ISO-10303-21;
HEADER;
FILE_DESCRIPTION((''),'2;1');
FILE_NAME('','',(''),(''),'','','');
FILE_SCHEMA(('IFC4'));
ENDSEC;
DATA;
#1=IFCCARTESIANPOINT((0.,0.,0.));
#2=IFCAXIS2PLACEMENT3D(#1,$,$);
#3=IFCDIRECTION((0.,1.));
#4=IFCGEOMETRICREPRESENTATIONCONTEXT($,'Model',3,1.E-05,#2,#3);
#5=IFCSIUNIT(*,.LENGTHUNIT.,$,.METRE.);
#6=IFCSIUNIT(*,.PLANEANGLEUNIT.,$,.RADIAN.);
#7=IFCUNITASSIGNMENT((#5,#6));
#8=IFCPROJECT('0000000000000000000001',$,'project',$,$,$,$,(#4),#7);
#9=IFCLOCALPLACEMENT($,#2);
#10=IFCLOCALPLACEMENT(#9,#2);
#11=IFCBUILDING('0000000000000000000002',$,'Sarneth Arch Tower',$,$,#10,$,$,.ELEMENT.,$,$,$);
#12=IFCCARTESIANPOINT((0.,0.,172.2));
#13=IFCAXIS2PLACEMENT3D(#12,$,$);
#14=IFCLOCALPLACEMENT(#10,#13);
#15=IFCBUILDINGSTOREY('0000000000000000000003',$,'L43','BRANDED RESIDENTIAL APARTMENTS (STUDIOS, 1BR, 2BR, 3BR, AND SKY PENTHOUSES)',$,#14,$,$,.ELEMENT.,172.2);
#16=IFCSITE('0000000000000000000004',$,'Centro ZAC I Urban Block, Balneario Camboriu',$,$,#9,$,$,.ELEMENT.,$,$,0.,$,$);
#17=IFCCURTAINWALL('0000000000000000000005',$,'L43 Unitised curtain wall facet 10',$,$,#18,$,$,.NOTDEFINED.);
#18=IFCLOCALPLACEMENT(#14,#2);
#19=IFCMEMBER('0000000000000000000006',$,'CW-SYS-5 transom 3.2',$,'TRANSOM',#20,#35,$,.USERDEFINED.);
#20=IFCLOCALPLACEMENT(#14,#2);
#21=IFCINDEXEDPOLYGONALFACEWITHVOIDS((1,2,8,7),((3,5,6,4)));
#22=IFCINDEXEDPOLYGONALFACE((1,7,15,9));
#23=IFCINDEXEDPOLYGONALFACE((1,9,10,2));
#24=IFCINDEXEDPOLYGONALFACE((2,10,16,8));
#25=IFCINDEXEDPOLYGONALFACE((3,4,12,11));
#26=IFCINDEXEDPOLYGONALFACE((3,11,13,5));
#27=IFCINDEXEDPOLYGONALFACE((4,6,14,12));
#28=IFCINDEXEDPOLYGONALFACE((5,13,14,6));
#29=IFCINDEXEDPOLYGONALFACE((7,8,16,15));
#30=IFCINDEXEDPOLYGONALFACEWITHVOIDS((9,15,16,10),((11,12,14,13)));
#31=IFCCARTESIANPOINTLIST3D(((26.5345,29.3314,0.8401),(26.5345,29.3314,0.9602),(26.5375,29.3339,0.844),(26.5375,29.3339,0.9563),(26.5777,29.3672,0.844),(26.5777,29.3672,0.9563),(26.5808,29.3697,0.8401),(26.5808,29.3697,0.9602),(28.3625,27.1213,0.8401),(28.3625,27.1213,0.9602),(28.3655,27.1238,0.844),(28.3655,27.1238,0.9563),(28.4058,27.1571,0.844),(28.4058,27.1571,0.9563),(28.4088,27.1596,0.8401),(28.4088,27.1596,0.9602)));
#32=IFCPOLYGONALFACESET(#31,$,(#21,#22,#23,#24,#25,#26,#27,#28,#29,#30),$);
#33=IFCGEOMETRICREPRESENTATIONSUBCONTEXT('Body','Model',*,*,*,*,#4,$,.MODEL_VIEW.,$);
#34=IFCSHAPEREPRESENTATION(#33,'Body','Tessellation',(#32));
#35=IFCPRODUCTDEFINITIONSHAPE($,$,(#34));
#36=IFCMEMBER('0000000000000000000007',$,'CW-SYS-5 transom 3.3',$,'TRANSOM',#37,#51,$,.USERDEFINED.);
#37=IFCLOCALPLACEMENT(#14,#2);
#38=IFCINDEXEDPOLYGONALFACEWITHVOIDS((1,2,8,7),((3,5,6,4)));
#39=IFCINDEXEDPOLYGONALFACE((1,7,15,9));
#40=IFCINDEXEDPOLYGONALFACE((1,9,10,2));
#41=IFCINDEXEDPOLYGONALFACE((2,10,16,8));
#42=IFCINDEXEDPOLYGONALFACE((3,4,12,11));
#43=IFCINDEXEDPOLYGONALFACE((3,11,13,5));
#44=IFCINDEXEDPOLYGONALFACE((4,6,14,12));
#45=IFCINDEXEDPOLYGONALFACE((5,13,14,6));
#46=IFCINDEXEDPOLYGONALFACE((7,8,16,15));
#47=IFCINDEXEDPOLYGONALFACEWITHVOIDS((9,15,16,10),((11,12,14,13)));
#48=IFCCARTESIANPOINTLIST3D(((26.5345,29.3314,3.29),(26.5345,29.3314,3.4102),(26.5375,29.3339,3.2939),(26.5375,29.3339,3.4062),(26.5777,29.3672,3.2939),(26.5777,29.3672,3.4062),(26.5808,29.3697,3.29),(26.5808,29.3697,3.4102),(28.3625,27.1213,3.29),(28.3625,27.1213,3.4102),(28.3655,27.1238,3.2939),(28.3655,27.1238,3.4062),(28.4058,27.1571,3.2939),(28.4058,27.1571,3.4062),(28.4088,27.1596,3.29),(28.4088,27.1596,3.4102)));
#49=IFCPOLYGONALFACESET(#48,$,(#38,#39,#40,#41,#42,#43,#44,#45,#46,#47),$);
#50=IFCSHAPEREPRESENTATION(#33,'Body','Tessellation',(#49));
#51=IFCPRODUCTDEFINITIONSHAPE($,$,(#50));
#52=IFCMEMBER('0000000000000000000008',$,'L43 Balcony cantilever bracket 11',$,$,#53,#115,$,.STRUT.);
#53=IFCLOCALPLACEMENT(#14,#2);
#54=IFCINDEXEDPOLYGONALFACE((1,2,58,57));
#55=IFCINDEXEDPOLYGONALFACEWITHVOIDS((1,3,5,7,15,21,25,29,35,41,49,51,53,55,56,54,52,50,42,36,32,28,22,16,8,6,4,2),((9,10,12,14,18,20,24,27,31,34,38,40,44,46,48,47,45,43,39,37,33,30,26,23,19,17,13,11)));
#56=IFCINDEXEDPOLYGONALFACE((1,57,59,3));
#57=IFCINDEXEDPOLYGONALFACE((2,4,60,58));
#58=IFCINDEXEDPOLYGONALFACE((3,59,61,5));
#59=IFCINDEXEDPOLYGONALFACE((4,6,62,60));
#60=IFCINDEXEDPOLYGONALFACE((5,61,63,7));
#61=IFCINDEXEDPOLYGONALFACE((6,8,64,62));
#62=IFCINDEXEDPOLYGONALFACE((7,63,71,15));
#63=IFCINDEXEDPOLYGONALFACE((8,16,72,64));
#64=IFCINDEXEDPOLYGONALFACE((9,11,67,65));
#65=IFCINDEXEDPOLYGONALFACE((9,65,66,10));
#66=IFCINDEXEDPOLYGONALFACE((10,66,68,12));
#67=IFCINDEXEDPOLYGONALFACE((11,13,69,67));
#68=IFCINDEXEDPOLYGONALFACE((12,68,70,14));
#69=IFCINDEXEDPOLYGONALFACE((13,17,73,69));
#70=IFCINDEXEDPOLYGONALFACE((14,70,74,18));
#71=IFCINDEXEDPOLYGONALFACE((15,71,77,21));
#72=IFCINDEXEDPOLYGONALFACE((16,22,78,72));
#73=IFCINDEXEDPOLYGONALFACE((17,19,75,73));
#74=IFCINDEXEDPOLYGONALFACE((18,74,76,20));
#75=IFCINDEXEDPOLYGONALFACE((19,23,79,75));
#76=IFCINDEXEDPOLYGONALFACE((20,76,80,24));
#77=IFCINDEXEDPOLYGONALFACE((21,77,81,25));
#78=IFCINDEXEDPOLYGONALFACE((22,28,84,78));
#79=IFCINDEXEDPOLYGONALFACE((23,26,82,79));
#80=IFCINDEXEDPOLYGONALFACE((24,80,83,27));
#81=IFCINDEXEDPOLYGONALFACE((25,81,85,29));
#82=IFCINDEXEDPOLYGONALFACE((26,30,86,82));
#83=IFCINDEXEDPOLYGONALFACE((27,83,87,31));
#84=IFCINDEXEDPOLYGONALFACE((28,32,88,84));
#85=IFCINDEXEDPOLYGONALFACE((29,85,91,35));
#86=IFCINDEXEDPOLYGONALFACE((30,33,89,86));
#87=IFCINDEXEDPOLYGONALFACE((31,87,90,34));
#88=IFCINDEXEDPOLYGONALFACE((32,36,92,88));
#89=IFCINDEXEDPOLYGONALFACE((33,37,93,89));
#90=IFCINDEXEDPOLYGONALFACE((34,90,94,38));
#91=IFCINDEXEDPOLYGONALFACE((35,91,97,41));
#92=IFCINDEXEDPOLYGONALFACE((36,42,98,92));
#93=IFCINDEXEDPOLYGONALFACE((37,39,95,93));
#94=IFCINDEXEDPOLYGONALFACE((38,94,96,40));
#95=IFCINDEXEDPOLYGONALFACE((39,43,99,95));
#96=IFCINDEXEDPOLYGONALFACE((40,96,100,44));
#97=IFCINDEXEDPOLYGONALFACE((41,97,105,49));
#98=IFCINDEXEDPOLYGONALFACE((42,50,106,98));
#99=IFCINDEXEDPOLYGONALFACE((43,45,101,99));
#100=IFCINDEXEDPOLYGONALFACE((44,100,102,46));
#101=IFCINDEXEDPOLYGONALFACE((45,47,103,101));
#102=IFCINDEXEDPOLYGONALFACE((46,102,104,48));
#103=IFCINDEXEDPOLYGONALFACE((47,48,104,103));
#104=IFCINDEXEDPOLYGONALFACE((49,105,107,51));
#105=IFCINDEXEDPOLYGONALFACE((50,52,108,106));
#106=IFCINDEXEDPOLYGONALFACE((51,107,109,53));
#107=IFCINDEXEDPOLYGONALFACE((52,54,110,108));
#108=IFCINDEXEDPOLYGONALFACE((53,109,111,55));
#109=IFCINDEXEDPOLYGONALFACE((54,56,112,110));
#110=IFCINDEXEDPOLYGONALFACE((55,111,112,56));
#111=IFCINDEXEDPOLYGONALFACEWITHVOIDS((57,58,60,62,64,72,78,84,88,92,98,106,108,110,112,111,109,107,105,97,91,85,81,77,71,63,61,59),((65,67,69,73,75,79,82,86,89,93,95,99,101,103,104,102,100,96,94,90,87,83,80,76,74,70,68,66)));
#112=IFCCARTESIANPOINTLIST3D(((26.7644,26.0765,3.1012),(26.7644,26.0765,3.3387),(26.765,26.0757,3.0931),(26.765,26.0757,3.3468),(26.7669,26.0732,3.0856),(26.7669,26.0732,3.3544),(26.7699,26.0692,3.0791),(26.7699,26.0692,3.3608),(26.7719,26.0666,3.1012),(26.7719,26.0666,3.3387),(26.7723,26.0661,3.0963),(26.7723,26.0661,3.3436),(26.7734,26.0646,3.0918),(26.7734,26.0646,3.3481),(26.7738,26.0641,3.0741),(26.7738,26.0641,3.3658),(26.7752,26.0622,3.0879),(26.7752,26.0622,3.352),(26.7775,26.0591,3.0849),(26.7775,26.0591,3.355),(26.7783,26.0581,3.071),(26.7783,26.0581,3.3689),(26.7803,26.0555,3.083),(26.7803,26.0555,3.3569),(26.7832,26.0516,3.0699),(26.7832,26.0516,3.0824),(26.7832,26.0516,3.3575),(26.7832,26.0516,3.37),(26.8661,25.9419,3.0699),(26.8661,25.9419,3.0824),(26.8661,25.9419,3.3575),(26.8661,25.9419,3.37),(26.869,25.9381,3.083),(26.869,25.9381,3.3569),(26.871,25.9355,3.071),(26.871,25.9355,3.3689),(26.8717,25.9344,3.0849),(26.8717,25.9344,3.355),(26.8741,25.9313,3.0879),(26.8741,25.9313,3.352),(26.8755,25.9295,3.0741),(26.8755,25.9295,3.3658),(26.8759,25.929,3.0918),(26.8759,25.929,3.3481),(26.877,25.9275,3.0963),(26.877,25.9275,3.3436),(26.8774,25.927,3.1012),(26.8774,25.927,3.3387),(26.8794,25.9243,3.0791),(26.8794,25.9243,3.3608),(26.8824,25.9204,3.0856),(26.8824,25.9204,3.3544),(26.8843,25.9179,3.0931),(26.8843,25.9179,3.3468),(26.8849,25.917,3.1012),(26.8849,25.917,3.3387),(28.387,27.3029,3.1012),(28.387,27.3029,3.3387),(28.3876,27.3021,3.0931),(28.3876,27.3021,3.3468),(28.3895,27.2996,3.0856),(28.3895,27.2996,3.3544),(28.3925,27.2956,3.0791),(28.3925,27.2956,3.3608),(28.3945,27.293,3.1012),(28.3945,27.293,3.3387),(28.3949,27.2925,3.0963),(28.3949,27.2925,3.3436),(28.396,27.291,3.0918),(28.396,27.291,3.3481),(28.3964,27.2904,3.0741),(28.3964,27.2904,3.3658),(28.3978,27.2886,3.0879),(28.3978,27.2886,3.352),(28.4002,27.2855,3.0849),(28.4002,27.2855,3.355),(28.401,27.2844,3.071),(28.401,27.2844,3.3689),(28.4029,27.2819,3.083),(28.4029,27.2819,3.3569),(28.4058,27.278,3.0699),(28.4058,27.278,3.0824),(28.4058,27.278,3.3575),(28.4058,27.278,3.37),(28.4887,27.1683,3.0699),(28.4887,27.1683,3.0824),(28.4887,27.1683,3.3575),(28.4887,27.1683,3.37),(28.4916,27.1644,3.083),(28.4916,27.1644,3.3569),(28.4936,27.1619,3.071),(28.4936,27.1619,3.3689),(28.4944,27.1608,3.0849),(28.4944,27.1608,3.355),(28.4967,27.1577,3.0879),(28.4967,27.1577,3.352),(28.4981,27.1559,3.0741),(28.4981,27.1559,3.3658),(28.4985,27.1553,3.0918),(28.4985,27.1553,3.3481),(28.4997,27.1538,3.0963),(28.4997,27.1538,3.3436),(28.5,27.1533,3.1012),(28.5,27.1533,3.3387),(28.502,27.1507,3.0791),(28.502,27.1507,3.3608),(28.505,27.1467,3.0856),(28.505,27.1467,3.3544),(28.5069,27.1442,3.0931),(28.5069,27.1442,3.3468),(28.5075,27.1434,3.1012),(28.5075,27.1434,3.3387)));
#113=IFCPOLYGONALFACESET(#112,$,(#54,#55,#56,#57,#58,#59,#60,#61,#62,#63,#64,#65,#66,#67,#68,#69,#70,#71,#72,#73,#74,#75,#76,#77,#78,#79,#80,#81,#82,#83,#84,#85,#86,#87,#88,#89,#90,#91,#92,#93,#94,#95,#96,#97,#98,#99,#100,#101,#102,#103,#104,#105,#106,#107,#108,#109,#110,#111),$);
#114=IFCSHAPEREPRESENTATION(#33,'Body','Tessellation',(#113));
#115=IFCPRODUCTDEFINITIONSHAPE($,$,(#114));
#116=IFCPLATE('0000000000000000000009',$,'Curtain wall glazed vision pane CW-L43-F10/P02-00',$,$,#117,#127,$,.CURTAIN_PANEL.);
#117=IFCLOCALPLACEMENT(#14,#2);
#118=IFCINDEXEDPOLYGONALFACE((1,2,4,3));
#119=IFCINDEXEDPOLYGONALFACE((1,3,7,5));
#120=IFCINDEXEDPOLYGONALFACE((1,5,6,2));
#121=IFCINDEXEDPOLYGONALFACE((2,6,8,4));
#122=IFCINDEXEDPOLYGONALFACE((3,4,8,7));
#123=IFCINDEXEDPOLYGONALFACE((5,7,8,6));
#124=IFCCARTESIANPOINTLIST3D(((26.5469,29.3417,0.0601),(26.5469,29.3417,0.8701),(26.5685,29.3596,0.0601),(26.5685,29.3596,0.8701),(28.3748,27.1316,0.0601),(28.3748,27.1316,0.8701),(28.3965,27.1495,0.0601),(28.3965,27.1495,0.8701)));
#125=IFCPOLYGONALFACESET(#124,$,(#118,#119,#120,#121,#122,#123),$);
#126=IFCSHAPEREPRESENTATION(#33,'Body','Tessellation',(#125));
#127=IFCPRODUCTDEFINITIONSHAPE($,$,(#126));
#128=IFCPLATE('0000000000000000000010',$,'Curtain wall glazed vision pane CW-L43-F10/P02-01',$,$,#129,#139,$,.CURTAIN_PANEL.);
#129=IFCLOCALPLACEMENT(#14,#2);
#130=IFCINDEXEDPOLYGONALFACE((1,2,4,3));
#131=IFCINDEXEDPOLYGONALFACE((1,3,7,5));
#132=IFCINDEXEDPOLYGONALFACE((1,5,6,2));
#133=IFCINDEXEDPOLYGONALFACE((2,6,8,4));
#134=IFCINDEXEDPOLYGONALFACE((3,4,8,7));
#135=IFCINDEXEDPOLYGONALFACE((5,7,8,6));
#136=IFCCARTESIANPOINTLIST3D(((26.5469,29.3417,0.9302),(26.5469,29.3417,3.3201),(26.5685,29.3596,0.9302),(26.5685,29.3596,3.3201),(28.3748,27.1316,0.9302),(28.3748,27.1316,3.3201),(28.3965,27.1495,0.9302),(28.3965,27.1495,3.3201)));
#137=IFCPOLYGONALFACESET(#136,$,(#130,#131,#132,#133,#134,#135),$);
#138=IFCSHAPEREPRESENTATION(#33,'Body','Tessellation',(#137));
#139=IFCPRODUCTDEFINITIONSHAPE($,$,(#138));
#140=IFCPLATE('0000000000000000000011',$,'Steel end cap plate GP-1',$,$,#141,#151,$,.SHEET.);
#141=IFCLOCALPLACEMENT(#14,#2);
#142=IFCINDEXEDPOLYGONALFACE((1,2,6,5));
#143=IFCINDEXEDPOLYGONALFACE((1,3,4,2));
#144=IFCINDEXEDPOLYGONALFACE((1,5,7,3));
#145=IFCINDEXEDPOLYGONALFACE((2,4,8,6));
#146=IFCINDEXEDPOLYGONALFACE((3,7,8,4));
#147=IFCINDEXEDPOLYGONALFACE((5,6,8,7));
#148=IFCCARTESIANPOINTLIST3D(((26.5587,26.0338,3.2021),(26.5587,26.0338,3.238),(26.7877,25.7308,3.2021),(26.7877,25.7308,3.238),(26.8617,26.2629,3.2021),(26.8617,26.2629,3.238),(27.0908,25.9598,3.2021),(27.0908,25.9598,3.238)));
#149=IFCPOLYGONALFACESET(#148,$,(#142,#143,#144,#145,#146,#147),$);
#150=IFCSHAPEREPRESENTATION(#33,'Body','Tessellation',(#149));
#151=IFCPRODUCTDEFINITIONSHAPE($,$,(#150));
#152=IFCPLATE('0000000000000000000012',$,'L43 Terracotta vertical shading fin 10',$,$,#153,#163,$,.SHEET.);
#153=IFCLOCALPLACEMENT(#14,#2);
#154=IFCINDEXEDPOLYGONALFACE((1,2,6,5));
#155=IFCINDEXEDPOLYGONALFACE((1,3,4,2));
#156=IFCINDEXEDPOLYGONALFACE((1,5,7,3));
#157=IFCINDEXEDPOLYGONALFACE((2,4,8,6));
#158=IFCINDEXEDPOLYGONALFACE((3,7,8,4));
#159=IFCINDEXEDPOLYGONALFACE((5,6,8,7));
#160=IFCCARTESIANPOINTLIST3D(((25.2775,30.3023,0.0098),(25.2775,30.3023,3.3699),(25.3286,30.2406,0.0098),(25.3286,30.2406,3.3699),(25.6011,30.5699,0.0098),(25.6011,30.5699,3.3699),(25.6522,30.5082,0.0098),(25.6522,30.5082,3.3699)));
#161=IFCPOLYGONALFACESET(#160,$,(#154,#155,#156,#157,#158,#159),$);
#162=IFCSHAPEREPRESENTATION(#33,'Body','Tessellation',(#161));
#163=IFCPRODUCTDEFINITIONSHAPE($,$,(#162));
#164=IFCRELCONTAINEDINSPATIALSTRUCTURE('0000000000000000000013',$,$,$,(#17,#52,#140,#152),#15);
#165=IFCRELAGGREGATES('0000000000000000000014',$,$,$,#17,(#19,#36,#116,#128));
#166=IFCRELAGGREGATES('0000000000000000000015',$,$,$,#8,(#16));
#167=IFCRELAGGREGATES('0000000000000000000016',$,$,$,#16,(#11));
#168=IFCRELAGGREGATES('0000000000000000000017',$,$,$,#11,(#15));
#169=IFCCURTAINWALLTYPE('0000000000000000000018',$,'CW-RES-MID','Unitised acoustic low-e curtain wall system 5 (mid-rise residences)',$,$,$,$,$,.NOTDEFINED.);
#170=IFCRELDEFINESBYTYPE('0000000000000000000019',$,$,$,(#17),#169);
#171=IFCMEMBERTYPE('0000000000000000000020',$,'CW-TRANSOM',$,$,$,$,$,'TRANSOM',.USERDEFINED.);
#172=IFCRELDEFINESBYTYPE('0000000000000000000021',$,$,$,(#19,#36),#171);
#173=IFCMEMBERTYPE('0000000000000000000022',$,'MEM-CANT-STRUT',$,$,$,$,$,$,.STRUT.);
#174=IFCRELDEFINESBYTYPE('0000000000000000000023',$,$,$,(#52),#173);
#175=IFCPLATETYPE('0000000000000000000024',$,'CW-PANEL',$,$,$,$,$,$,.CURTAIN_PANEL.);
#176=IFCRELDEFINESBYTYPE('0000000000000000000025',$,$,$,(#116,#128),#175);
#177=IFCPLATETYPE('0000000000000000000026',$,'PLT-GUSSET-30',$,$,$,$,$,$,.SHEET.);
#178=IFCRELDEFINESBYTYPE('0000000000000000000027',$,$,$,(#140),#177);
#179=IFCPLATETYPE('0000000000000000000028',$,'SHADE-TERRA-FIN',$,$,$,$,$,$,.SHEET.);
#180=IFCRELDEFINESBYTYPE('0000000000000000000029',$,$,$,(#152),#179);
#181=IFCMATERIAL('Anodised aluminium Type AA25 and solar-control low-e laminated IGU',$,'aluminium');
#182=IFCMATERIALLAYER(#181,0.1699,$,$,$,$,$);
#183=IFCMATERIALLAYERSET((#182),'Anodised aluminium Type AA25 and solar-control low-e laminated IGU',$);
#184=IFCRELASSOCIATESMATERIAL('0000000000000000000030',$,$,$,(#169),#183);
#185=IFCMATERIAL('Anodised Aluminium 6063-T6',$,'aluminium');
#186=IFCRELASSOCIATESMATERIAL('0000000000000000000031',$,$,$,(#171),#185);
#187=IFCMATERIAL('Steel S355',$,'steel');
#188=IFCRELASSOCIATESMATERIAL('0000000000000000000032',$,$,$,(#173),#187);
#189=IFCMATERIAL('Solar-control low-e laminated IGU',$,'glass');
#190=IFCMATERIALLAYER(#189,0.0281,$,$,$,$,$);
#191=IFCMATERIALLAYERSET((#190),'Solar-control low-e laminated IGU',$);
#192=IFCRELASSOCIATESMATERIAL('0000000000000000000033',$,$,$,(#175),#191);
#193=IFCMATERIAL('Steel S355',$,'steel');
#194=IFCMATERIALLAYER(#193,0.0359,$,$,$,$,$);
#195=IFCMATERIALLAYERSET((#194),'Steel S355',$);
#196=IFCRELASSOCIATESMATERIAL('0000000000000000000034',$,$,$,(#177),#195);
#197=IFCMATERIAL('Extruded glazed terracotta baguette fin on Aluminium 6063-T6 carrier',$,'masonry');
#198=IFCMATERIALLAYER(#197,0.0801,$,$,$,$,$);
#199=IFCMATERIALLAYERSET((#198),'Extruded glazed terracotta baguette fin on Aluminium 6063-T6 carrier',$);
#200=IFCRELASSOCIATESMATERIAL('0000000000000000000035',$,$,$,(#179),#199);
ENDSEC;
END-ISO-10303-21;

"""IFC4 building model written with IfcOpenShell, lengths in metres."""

from ifc_helpers import new_model, si_unit, direction, frame, origin, origin_2d, place, context, subcontext, project, spatial, rectangle, hollow_rectangle, extrude, material, layer, layer_set, material_profile, profile_set, type_object, element, aggregate, save


model = new_model("IFC4")

# Units and contexts
model_context = context("Model", 3, precision=1e-05, world=origin(), true_north=direction((0.0, 1.0)))
body_context = subcontext(model_context, "Body", "Model", "MODEL_VIEW")
ifc_project = project(units=[si_unit("LENGTHUNIT", "METRE"), si_unit("PLANEANGLEUNIT", "RADIAN")], contexts=[model_context])

# Site, building, storey
site_placement = place(None, origin())
site = spatial("IfcSite", under=ifc_project, at=site_placement, Name="Centro ZAC I Urban Block, Balneario Camboriu", CompositionType="ELEMENT", RefElevation=0.0)
building_placement = place(site_placement, origin())
building = spatial("IfcBuilding", under=site, at=building_placement, Name="Sarneth Arch Tower", CompositionType="ELEMENT")
storey_placement = place(building_placement, frame((0.0, 0.0, 172.2)))
storey = spatial("IfcBuildingStorey", under=building, at=storey_placement, Name="L43", Description="BRANDED RESIDENTIAL APARTMENTS (STUDIOS, 1BR, 2BR, 3BR, AND SKY PENTHOUSES)", CompositionType="ELEMENT", Elevation=172.2)

# Curtain wall, members
ifc_material_1 = material(Name="Anodised aluminium Type AA25 and solar-control low-e laminated IGU", Category="aluminium")
ifc_layer_1 = layer(ifc_material_1, 0.1699)
ifc_layer_set_1 = layer_set([ifc_layer_1], Name="Anodised aluminium Type AA25 and solar-control low-e laminated IGU")
curtain_wall_type = type_object("IfcCurtainWallType", Name="CW-RES-MID", Description="Unitised acoustic low-e curtain wall system 5 (mid-rise residences)", PredefinedType="NOTDEFINED", material=ifc_layer_set_1)
curtain_wall_placement = place(storey_placement, origin())
curtain_wall = element("IfcCurtainWall", 1, at=curtain_wall_placement, inside=storey, type_object=curtain_wall_type, Name="L43 Unitised curtain wall facet 10", PredefinedType="NOTDEFINED")
ifc_material_2 = material(Name="Anodised Aluminium 6063-T6", Category="aluminium")
ifc_material_profile_1 = material_profile(ifc_material_2, hollow_rectangle(XDim=0.0601, YDim=0.1201, WallThickness=0.0039, at=origin_2d()), Name="AL-TRAN-120x60x4")
ifc_profile_set_1 = profile_set([ifc_material_profile_1], Name="Anodised Aluminium 6063-T6")
member_type_1 = type_object("IfcMemberType", Name="CW-TRANSOM", ElementType="TRANSOM", PredefinedType="USERDEFINED", material=ifc_profile_set_1)
member_1_placement = place(storey_placement, frame((26.5576, 29.3506, 0.9001), z_axis=(0.637359, -0.770567, 0.0), x_axis=(0.770567, 0.637359, 0.0)))
member_1 = element("IfcMember", 2, at=member_1_placement, type_object=member_type_1, Name="CW-SYS-5 transom 3.2", ObjectType="TRANSOM", PredefinedType="USERDEFINED", context=body_context, shape_type="SweptSolid", body=[
    extrude(hollow_rectangle(XDim=0.0601, YDim=0.1201, WallThickness=0.0039, at=origin_2d()), origin(), (0.0, 0.0, 1.0), 2.8682),
])
member_2_placement = place(storey_placement, frame((26.5576, 29.3506, 3.3501), z_axis=(0.637359, -0.770567, 0.0), x_axis=(0.770567, 0.637359, 0.0)))
member_2 = element("IfcMember", 3, at=member_2_placement, type_object=member_type_1, Name="CW-SYS-5 transom 3.3", ObjectType="TRANSOM", PredefinedType="USERDEFINED", context=body_context, shape_type="SweptSolid", body=[
    extrude(hollow_rectangle(XDim=0.0601, YDim=0.1201, WallThickness=0.0039, at=origin_2d()), origin(), (0.0, 0.0, 1.0), 2.8682),
])

# Member
ifc_material_3 = material(Name="Steel S355", Category="steel")
ifc_material_profile_2 = material_profile(ifc_material_3, hollow_rectangle(XDim=0.2, YDim=0.3, WallThickness=0.0125, InnerFilletRadius=0.0188, OuterFilletRadius=0.0312, at=origin_2d()), Name="RHS300x200x12.5")
ifc_profile_set_2 = profile_set([ifc_material_profile_2], Name="Steel S355")
member_type_2 = type_object("IfcMemberType", Name="MEM-CANT-STRUT", PredefinedType="STRUT", material=ifc_profile_set_2)
member_3_placement = place(storey_placement, frame((28.4473, 27.2231, 3.22), z_axis=(-0.797776, -0.602954, 0.0), x_axis=(0.602954, -0.797776, 0.0)))
element("IfcMember", 4, at=member_3_placement, inside=storey, type_object=member_type_2, Name="L43 Balcony cantilever bracket 11", PredefinedType="STRUT", context=body_context, shape_type="SweptSolid", body=[
    extrude(hollow_rectangle(XDim=0.2, YDim=0.3, WallThickness=0.0125, InnerFilletRadius=0.0188, OuterFilletRadius=0.0312, at=origin_2d()), origin(), (0.0, 0.0, 1.0), 2.0339),
])

# Plates
ifc_material_4 = material(Name="Solar-control low-e laminated IGU", Category="glass")
ifc_layer_2 = layer(ifc_material_4, 0.0281)
ifc_layer_set_2 = layer_set([ifc_layer_2], Name="Solar-control low-e laminated IGU")
plate_type_1 = type_object("IfcPlateType", Name="CW-PANEL", PredefinedType="CURTAIN_PANEL", material=ifc_layer_set_2)
plate_1_placement = place(storey_placement, frame((27.4717, 28.2456, 0.0601), z_axis=(0.0, 0.0, 1.0), x_axis=(0.63733, -0.770591, 0.0)))
plate_1 = element("IfcPlate", 5, at=plate_1_placement, type_object=plate_type_1, Name="Curtain wall glazed vision pane CW-L43-F10/P02-00", PredefinedType="CURTAIN_PANEL", context=body_context, shape_type="SweptSolid", body=[
    extrude(rectangle(XDim=2.8682, YDim=0.0281, at=origin_2d()), origin(), (0.0, 0.0, 1.0), 0.8101),
])
plate_2_placement = place(storey_placement, frame((27.4717, 28.2456, 0.9302), z_axis=(0.0, 0.0, 1.0), x_axis=(0.63733, -0.770591, 0.0)))
plate_2 = element("IfcPlate", 6, at=plate_2_placement, type_object=plate_type_1, Name="Curtain wall glazed vision pane CW-L43-F10/P02-01", PredefinedType="CURTAIN_PANEL", context=body_context, shape_type="SweptSolid", body=[
    extrude(rectangle(XDim=2.8682, YDim=0.0281, at=origin_2d()), origin(), (0.0, 0.0, 1.0), 2.3899),
])
aggregate(curtain_wall, [member_1, member_2, plate_1, plate_2])

# Plates
ifc_material_5 = material(Name="Steel S355", Category="steel")
ifc_layer_3 = layer(ifc_material_5, 0.0359)
ifc_layer_set_3 = layer_set([ifc_layer_3], Name="Steel S355")
plate_type_2 = type_object("IfcPlateType", Name="PLT-GUSSET-30", PredefinedType="SHEET", material=ifc_layer_set_3)
plate_3_placement = place(storey_placement, frame((26.8247, 25.9968, 3.2021), z_axis=(0.0, 0.0, 1.0), x_axis=(-0.797794, -0.60293, 0.0)))
element("IfcPlate", 7, at=plate_3_placement, inside=storey, type_object=plate_type_2, Name="Steel end cap plate GP-1", PredefinedType="SHEET", context=body_context, shape_type="SweptSolid", body=[
    extrude(rectangle(XDim=0.3799, YDim=0.3799, at=origin_2d()), origin(), (0.0, 0.0, 1.0), 0.0359),
])
ifc_material_6 = material(Name="Extruded glazed terracotta baguette fin on Aluminium 6063-T6 carrier", Category="masonry")
ifc_layer_4 = layer(ifc_material_6, 0.0801)
ifc_layer_set_4 = layer_set([ifc_layer_4], Name="Extruded glazed terracotta baguette fin on Aluminium 6063-T6 carrier")
plate_type_3 = type_object("IfcPlateType", Name="SHADE-TERRA-FIN", PredefinedType="SHEET", material=ifc_layer_set_4)
plate_4_placement = place(storey_placement, frame((25.4648, 30.4053, 0.0098), z_axis=(0.0, 0.0, 1.0), x_axis=(-0.770624, -0.63729, 0.0)))
element("IfcPlate", 8, at=plate_4_placement, inside=storey, type_object=plate_type_3, Name="L43 Terracotta vertical shading fin 10", PredefinedType="SHEET", context=body_context, shape_type="SweptSolid", body=[
    extrude(rectangle(XDim=0.4199, YDim=0.0801, at=origin_2d()), origin(), (0.0, 0.0, 1.0), 3.3601),
])

save(model, "model.ifc")
